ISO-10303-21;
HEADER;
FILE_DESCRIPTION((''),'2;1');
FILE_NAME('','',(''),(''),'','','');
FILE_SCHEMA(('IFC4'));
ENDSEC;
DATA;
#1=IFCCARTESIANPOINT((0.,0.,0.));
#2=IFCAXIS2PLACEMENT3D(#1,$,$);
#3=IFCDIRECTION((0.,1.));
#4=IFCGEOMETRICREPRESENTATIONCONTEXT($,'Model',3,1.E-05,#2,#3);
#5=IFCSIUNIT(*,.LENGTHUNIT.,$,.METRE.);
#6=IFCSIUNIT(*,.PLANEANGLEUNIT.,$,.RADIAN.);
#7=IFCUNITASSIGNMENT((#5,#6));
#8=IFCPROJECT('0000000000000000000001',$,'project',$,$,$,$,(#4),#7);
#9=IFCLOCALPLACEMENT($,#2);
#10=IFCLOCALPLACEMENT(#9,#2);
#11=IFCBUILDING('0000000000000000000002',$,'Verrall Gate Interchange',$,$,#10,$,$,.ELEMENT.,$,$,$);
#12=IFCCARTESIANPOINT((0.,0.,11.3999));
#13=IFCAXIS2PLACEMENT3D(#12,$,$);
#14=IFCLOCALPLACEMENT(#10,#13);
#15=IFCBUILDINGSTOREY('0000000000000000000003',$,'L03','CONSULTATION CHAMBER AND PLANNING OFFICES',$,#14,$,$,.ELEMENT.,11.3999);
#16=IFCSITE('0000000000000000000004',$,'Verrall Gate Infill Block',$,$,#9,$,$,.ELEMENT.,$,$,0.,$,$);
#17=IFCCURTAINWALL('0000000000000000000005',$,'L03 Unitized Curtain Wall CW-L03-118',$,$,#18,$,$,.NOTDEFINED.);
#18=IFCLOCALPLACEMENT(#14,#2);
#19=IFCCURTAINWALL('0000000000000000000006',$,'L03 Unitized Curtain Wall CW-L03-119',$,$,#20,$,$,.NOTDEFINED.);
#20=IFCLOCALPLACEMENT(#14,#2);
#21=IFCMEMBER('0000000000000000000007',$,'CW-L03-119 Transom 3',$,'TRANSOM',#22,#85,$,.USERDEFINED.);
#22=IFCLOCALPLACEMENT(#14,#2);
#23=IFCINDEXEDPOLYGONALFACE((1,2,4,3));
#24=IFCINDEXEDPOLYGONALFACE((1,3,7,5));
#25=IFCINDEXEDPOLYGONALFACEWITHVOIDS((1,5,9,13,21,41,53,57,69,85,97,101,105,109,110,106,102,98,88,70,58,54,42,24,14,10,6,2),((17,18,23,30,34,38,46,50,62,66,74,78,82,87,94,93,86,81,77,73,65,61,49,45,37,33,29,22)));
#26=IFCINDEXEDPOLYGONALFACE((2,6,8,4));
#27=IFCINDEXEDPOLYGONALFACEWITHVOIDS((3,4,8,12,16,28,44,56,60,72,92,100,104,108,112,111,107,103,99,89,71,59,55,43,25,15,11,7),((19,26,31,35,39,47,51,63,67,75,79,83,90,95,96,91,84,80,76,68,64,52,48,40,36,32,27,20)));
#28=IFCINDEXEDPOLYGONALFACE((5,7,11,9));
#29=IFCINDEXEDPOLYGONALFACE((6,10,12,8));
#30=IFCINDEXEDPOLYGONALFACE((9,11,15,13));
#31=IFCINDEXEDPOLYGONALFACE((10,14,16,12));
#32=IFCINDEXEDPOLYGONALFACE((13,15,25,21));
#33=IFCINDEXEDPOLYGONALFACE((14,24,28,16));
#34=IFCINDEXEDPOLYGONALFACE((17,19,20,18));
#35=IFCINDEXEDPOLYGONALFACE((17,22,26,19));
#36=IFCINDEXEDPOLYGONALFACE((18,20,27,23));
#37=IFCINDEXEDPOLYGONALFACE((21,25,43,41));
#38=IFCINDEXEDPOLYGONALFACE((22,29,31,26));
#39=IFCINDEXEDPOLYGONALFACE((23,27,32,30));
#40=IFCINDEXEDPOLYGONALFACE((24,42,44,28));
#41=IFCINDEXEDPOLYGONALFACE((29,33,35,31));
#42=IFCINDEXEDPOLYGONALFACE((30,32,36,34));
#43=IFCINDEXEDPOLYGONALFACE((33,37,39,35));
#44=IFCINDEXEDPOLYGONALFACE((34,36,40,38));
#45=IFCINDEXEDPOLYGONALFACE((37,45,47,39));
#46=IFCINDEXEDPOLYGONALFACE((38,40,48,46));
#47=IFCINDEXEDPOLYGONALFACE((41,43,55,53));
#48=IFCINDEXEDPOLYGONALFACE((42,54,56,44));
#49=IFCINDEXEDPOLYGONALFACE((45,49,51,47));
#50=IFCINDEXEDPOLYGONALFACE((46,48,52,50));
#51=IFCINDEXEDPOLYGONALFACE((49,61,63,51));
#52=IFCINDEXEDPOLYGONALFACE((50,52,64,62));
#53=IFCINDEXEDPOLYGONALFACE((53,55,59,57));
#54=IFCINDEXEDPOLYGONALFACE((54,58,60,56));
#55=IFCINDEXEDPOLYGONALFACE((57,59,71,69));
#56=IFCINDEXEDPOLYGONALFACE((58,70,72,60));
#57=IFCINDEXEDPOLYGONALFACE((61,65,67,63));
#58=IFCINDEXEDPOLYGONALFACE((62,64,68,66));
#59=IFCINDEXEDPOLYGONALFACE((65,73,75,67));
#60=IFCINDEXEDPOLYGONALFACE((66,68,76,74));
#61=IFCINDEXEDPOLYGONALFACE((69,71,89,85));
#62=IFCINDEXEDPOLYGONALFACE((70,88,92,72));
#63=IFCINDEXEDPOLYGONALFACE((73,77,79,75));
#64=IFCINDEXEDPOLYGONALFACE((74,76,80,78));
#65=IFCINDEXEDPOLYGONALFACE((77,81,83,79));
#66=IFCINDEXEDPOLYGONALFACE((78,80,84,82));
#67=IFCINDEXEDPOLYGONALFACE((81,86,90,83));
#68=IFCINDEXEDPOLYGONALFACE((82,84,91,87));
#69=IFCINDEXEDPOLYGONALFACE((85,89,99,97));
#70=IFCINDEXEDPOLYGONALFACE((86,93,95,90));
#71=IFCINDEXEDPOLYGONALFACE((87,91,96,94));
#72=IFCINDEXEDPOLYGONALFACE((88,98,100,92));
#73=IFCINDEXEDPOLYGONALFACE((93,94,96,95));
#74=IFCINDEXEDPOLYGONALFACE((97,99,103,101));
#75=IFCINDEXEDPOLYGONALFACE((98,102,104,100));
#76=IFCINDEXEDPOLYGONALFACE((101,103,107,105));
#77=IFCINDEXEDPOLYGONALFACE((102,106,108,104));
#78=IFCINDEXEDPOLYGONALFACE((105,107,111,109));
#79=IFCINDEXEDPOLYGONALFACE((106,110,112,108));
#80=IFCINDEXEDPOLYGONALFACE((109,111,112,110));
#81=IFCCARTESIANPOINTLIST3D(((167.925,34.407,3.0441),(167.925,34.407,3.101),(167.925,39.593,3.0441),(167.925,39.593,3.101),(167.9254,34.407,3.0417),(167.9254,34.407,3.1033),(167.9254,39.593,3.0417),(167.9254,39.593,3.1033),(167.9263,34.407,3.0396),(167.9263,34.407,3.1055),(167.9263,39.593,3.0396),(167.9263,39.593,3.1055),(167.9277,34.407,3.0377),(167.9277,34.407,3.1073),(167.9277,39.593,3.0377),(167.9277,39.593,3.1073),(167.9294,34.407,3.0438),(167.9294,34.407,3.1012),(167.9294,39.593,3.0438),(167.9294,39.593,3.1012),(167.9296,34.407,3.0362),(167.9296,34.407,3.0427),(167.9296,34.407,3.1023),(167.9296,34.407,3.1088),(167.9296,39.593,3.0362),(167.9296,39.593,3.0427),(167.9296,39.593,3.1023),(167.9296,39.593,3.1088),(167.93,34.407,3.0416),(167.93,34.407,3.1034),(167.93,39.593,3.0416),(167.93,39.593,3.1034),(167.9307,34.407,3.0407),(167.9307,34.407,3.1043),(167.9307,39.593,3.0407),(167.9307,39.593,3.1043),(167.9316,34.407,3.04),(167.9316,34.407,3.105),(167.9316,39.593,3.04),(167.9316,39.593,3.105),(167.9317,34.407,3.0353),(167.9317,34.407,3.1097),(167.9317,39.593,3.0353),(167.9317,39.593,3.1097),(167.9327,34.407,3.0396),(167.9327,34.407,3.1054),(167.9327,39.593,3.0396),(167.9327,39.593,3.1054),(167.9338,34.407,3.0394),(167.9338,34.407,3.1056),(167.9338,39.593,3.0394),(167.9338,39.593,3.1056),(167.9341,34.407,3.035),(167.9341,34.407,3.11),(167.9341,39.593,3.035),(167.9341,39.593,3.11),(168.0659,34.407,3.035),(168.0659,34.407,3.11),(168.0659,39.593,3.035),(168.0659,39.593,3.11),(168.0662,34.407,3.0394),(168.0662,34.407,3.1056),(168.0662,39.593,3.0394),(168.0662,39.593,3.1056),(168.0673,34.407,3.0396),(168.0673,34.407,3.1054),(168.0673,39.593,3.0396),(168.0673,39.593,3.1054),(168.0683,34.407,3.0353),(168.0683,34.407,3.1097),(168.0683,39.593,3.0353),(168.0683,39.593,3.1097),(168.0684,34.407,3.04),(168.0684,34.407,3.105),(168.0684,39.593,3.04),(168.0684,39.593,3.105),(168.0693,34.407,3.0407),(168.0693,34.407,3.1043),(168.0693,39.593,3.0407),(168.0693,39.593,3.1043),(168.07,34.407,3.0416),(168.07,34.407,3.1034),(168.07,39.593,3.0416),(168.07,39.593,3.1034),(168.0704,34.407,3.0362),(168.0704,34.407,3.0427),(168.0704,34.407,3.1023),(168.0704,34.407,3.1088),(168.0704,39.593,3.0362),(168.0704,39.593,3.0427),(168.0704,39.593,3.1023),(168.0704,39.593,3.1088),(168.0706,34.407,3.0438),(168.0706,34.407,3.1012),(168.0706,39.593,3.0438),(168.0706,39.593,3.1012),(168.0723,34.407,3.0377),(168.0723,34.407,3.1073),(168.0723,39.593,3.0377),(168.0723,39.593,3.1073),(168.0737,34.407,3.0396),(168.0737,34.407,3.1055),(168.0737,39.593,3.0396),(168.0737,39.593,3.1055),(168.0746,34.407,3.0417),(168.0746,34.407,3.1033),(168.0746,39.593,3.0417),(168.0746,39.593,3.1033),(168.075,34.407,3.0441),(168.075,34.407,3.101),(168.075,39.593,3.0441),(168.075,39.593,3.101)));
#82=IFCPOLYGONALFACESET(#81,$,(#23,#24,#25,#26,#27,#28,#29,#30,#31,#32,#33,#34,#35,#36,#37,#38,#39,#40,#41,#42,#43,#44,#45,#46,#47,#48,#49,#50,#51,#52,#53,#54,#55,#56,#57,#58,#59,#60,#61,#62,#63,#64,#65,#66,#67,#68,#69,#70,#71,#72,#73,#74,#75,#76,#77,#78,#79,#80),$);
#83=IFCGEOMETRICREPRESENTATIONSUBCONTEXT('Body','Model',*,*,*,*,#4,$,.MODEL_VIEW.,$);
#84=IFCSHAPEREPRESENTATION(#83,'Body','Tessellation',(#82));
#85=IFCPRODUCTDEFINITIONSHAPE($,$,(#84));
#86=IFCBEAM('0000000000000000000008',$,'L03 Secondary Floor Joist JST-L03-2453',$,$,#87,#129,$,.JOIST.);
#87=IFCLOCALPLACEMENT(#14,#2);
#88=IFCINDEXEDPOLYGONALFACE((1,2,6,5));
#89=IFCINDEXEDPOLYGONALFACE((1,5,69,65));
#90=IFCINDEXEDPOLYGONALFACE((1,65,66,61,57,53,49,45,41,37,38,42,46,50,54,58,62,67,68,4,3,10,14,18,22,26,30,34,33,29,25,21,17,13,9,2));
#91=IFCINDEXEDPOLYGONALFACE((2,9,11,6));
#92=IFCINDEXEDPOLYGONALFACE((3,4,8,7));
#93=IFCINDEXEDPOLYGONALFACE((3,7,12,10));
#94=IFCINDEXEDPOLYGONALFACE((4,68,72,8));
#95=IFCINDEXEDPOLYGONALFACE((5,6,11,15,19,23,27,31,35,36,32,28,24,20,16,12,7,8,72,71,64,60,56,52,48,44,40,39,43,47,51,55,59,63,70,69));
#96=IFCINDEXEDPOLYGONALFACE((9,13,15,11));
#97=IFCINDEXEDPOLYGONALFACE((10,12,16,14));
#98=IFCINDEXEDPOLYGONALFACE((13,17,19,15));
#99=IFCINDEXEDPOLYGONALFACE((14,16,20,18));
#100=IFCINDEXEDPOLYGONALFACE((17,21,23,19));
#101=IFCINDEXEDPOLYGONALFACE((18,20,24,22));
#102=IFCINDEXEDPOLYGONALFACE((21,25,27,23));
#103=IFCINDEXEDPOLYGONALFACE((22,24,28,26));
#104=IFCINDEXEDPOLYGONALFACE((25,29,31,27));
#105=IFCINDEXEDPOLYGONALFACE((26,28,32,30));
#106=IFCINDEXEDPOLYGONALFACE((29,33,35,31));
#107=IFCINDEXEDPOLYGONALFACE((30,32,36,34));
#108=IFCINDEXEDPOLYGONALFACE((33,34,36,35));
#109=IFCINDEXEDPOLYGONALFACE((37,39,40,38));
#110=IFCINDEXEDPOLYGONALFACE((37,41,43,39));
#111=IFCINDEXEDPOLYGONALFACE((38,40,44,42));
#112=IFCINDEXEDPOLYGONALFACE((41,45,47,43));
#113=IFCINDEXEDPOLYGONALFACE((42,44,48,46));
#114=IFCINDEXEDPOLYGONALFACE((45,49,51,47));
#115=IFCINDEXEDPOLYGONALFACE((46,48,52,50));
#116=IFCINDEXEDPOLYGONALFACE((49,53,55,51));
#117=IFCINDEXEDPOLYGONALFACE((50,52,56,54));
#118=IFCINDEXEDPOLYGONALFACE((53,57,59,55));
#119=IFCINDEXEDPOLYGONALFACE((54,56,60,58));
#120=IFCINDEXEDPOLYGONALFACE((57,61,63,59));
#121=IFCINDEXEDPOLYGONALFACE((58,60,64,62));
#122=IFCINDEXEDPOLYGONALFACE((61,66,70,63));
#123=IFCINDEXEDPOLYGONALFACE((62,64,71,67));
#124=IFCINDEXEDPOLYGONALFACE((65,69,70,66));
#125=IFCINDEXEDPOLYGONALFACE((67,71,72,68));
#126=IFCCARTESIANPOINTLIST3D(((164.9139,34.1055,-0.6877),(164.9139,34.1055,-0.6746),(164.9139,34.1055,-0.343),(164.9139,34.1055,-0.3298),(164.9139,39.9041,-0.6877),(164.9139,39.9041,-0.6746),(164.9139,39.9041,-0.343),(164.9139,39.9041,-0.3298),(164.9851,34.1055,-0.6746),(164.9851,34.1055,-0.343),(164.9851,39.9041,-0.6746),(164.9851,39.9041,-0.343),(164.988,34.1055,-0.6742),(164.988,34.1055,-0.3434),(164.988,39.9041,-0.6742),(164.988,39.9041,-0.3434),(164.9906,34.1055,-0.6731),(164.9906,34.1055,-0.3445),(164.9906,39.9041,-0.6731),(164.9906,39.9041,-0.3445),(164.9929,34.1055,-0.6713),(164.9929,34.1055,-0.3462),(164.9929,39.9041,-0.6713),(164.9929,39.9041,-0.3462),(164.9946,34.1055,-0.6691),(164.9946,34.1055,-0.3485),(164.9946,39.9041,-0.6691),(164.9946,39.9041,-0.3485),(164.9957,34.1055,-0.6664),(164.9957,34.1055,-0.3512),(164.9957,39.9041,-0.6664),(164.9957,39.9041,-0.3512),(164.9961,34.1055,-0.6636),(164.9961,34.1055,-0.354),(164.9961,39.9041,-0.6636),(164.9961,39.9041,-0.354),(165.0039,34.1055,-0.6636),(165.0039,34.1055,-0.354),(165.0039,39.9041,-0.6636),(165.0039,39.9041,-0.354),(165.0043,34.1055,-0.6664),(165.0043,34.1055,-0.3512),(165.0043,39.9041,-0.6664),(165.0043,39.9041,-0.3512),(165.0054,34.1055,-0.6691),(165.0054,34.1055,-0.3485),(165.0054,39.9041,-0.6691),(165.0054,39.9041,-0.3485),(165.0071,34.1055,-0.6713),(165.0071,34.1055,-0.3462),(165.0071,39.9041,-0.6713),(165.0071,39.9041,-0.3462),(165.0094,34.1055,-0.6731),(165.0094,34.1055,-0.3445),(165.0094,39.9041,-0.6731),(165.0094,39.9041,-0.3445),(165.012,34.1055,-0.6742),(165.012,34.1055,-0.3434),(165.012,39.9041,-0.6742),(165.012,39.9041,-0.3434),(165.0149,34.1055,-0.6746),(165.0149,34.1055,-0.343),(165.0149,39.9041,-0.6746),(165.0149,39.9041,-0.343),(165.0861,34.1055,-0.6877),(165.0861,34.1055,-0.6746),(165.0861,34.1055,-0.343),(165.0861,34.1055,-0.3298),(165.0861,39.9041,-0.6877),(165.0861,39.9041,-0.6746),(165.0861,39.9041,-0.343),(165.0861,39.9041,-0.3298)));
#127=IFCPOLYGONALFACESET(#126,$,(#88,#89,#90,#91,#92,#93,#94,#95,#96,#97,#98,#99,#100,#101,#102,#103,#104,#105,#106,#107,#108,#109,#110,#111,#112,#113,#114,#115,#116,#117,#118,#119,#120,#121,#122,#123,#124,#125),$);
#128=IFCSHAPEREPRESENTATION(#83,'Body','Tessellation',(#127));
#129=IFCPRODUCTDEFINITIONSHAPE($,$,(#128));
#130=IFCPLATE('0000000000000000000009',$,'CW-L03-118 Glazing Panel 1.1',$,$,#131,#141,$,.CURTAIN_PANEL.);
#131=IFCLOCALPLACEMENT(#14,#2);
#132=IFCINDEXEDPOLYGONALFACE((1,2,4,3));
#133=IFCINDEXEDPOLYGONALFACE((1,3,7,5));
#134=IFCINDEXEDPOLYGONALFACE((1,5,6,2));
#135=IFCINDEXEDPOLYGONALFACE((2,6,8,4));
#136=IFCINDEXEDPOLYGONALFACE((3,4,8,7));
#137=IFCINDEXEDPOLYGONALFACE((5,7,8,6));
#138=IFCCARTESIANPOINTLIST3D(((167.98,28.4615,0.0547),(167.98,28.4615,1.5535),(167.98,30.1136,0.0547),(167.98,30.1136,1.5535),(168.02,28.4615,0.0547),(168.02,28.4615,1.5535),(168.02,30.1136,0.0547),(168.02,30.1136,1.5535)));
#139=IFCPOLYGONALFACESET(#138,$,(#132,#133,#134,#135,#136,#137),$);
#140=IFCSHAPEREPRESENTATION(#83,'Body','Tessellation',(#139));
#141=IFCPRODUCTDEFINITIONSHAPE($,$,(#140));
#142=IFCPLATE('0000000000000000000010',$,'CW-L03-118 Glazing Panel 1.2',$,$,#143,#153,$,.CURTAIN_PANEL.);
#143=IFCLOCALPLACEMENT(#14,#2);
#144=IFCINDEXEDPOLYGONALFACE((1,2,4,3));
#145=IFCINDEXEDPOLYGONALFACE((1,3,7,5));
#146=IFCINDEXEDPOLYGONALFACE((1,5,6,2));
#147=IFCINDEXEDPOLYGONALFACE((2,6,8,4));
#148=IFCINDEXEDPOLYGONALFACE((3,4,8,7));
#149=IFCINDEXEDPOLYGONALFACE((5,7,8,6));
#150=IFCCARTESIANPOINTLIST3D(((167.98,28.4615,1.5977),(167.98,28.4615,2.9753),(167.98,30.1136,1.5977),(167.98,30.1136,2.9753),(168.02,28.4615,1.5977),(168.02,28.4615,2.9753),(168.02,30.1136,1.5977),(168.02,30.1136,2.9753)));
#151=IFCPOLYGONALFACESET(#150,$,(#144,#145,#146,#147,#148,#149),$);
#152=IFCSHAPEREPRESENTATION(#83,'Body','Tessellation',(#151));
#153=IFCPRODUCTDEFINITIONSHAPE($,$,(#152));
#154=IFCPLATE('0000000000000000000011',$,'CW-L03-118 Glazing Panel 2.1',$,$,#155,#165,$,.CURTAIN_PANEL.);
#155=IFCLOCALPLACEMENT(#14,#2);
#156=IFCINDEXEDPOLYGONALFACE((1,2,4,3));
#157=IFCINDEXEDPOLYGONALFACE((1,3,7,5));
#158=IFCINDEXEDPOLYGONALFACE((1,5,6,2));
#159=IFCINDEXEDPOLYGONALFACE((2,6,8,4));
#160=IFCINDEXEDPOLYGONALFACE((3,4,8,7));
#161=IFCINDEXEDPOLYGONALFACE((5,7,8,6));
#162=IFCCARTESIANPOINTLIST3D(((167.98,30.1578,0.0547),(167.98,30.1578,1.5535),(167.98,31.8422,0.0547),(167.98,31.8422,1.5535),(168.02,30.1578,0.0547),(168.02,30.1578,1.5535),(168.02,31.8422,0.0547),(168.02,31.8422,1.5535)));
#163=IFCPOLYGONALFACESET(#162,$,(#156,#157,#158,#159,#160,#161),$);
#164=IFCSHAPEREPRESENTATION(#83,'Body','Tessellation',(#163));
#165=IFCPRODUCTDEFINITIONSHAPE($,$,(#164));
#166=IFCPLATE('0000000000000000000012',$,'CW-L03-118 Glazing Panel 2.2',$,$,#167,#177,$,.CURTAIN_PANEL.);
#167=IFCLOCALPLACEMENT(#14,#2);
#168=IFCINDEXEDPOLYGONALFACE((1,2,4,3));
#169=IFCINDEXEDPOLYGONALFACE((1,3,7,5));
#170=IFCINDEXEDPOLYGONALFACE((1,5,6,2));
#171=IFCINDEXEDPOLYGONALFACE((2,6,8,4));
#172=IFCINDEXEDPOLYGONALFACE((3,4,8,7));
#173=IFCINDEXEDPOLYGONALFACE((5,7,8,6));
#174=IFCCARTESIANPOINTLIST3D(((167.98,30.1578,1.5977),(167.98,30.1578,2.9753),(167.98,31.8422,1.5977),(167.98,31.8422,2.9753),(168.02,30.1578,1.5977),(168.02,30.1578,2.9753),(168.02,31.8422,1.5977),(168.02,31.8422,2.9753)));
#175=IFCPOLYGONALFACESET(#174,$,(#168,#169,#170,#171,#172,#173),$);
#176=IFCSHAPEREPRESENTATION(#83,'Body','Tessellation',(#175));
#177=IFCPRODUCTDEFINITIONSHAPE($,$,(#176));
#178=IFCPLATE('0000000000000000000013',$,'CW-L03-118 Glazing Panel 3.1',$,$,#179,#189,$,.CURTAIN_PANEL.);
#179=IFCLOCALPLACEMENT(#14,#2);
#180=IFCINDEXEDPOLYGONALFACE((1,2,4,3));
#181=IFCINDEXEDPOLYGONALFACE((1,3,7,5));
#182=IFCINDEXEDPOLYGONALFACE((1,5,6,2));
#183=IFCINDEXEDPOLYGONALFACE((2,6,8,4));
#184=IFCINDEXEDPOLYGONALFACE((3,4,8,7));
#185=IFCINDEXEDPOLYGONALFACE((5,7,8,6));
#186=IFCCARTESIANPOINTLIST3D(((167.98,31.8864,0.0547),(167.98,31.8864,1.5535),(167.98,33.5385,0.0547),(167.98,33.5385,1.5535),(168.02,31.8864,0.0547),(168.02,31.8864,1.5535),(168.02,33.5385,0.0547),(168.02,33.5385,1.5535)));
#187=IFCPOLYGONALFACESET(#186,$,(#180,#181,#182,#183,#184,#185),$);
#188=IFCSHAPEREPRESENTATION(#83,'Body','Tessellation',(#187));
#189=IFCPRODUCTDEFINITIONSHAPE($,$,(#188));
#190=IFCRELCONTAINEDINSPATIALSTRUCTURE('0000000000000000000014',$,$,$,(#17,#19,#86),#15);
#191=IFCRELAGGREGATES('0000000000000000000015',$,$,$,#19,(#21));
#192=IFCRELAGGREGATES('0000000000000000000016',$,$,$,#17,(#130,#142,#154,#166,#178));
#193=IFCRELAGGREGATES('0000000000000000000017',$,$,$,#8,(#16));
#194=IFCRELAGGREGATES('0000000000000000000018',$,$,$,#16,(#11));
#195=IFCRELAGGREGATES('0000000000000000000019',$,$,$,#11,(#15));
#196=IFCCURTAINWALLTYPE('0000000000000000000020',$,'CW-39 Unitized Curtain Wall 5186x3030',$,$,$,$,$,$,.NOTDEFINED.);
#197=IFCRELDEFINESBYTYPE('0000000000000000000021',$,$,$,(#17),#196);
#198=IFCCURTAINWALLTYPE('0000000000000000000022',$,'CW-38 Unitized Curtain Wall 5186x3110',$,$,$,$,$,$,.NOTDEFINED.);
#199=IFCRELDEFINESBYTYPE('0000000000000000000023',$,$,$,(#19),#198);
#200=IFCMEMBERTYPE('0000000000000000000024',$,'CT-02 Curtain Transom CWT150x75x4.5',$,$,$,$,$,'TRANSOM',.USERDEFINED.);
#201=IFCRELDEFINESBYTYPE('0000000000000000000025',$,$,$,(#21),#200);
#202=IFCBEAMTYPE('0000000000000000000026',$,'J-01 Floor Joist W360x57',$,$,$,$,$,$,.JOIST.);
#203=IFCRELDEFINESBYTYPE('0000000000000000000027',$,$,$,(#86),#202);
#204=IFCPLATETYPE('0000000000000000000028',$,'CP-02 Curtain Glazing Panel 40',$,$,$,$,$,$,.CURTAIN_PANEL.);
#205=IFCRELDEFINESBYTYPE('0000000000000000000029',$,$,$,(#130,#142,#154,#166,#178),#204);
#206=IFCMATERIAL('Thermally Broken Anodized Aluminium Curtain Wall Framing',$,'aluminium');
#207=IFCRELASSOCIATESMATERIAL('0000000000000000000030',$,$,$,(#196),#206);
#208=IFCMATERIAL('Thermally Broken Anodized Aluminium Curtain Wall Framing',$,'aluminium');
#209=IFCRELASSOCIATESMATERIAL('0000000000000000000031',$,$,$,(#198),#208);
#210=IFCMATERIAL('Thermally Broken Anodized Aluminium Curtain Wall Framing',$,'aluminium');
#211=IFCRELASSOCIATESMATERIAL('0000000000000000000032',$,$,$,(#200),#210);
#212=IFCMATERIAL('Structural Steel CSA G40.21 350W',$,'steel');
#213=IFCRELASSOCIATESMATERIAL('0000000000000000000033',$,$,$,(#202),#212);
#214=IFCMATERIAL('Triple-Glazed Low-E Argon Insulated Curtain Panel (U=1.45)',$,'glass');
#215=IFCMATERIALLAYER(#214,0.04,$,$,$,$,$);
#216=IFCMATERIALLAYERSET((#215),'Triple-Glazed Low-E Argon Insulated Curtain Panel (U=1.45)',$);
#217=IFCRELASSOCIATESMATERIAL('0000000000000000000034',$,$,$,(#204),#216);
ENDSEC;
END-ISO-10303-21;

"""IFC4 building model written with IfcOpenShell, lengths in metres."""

from ifc_helpers import new_model, si_unit, direction, frame, origin, origin_2d, place, context, subcontext, project, spatial, rectangle, hollow_rectangle, i_section, extrude, material, layer, layer_set, material_profile, profile_set, type_object, element, aggregate, save


model = new_model("IFC4")

# Units and contexts
model_context = context("Model", 3, precision=1e-05, world=origin(), true_north=direction((0.0, 1.0)))
body_context = subcontext(model_context, "Body", "Model", "MODEL_VIEW")
ifc_project = project(units=[si_unit("LENGTHUNIT", "METRE"), si_unit("PLANEANGLEUNIT", "RADIAN")], contexts=[model_context])

# Site, building, storey
site_placement = place(None, origin())
site = spatial("IfcSite", under=ifc_project, at=site_placement, Name="Verrall Gate Infill Block", CompositionType="ELEMENT", RefElevation=0.0)
building_placement = place(site_placement, origin())
building = spatial("IfcBuilding", under=site, at=building_placement, Name="Verrall Gate Interchange", CompositionType="ELEMENT")
storey_placement = place(building_placement, frame((0.0, 0.0, 11.3999)))
storey = spatial("IfcBuildingStorey", under=building, at=storey_placement, Name="L03", Description="CONSULTATION CHAMBER AND PLANNING OFFICES", CompositionType="ELEMENT", Elevation=11.3999)

# Curtain wall
ifc_material_1 = material(Name="Thermally Broken Anodized Aluminium Curtain Wall Framing", Category="aluminium")
curtain_wall_type_1 = type_object("IfcCurtainWallType", Name="CW-39 Unitized Curtain Wall 5186x3030", PredefinedType="NOTDEFINED", material=ifc_material_1)
curtain_wall_1_placement = place(storey_placement, origin())
curtain_wall_1 = element("IfcCurtainWall", 1, at=curtain_wall_1_placement, inside=storey, type_object=curtain_wall_type_1, Name="L03 Unitized Curtain Wall CW-L03-118", PredefinedType="NOTDEFINED")

# Curtain wall
ifc_material_2 = material(Name="Thermally Broken Anodized Aluminium Curtain Wall Framing", Category="aluminium")
curtain_wall_type_2 = type_object("IfcCurtainWallType", Name="CW-38 Unitized Curtain Wall 5186x3110", PredefinedType="NOTDEFINED", material=ifc_material_2)
curtain_wall_2_placement = place(storey_placement, origin())
curtain_wall_2 = element("IfcCurtainWall", 2, at=curtain_wall_2_placement, inside=storey, type_object=curtain_wall_type_2, Name="L03 Unitized Curtain Wall CW-L03-119", PredefinedType="NOTDEFINED")

# Member
ifc_material_3 = material(Name="Thermally Broken Anodized Aluminium Curtain Wall Framing", Category="aluminium")
ifc_material_profile_1 = material_profile(ifc_material_3, hollow_rectangle(XDim=0.1499, YDim=0.075, WallThickness=0.0044, InnerFilletRadius=0.0044, OuterFilletRadius=0.009, at=origin_2d()), Name="CWT150x75x4.5")
ifc_profile_set_1 = profile_set([ifc_material_profile_1], Name="Thermally Broken Anodized Aluminium Curtain Wall Framing")
member_type_1 = type_object("IfcMemberType", Name="CT-02 Curtain Transom CWT150x75x4.5", ElementType="TRANSOM", PredefinedType="USERDEFINED", material=ifc_profile_set_1)
member_1_placement = place(storey_placement, frame((168.0, 34.407, 3.0725), z_axis=(0.0, 1.0, 0.0), x_axis=(-1.0, 0.0, 0.0)))
member_1 = element("IfcMember", 3, at=member_1_placement, type_object=member_type_1, Name="CW-L03-119 Transom 3", ObjectType="TRANSOM", PredefinedType="USERDEFINED", context=body_context, shape_type="SweptSolid", body=[
    extrude(hollow_rectangle(XDim=0.1499, YDim=0.075, WallThickness=0.0044, InnerFilletRadius=0.0044, OuterFilletRadius=0.009, at=origin_2d()), origin(), (0.0, 0.0, 1.0), 5.186),
])
aggregate(curtain_wall_2, [member_1])

# Beam
ifc_material_4 = material(Name="Structural Steel CSA G40.21 350W", Category="steel")
ifc_material_profile_2 = material_profile(ifc_material_4, i_section(OverallWidth=0.1721, OverallDepth=0.3579, WebThickness=0.0078, FlangeThickness=0.0132, FilletRadius=0.011, at=origin_2d()), Name="W360x57")
ifc_profile_set_2 = profile_set([ifc_material_profile_2], Name="Structural Steel CSA G40.21 350W")
beam_type_1 = type_object("IfcBeamType", Name="J-01 Floor Joist W360x57", PredefinedType="JOIST", material=ifc_profile_set_2)
beam_placement = place(storey_placement, frame((165.0, 34.1055, -0.5088), z_axis=(0.0, 1.0, 0.0), x_axis=(-1.0, 0.0, 0.0)))
element("IfcBeam", 4, at=beam_placement, inside=storey, type_object=beam_type_1, Name="L03 Secondary Floor Joist JST-L03-2453", PredefinedType="JOIST", context=body_context, shape_type="SweptSolid", body=[
    extrude(i_section(OverallWidth=0.1721, OverallDepth=0.3579, WebThickness=0.0078, FlangeThickness=0.0132, FilletRadius=0.011, at=origin_2d()), origin(), (0.0, 0.0, 1.0), 5.7986),
])

# Plates
ifc_material_5 = material(Name="Triple-Glazed Low-E Argon Insulated Curtain Panel (U=1.45)", Category="glass")
ifc_layer_1 = layer(ifc_material_5, 0.04)
ifc_layer_set_1 = layer_set([ifc_layer_1], Name="Triple-Glazed Low-E Argon Insulated Curtain Panel (U=1.45)")
plate_type = type_object("IfcPlateType", Name="CP-02 Curtain Glazing Panel 40", PredefinedType="CURTAIN_PANEL", material=ifc_layer_set_1)
plate_1_placement = place(storey_placement, frame((168.0, 29.2876, 0.0547), z_axis=(0.0, 0.0, 1.0), x_axis=(0.0, 1.0, 0.0)))
plate_1 = element("IfcPlate", 5, at=plate_1_placement, type_object=plate_type, Name="CW-L03-118 Glazing Panel 1.1", PredefinedType="CURTAIN_PANEL", context=body_context, shape_type="SweptSolid", body=[
    extrude(rectangle(XDim=1.6521, YDim=0.04, at=origin_2d()), origin(), (0.0, 0.0, 1.0), 1.4988),
])
plate_2_placement = place(storey_placement, frame((168.0, 29.2876, 1.5977), z_axis=(0.0, 0.0, 1.0), x_axis=(0.0, 1.0, 0.0)))
plate_2 = element("IfcPlate", 6, at=plate_2_placement, type_object=plate_type, Name="CW-L03-118 Glazing Panel 1.2", PredefinedType="CURTAIN_PANEL", context=body_context, shape_type="SweptSolid", body=[
    extrude(rectangle(XDim=1.6521, YDim=0.04, at=origin_2d()), origin(), (0.0, 0.0, 1.0), 1.3777),
])
plate_3_placement = place(storey_placement, frame((168.0, 31.0, 0.0547), z_axis=(0.0, 0.0, 1.0), x_axis=(0.0, 1.0, 0.0)))
plate_3 = element("IfcPlate", 7, at=plate_3_placement, type_object=plate_type, Name="CW-L03-118 Glazing Panel 2.1", PredefinedType="CURTAIN_PANEL", context=body_context, shape_type="SweptSolid", body=[
    extrude(rectangle(XDim=1.6843, YDim=0.04, at=origin_2d()), origin(), (0.0, 0.0, 1.0), 1.4988),
])
plate_4_placement = place(storey_placement, frame((168.0, 31.0, 1.5977), z_axis=(0.0, 0.0, 1.0), x_axis=(0.0, 1.0, 0.0)))
plate_4 = element("IfcPlate", 8, at=plate_4_placement, type_object=plate_type, Name="CW-L03-118 Glazing Panel 2.2", PredefinedType="CURTAIN_PANEL", context=body_context, shape_type="SweptSolid", body=[
    extrude(rectangle(XDim=1.6843, YDim=0.04, at=origin_2d()), origin(), (0.0, 0.0, 1.0), 1.3777),
])
plate_5_placement = place(storey_placement, frame((168.0, 32.7124, 0.0547), z_axis=(0.0, 0.0, 1.0), x_axis=(0.0, 1.0, 0.0)))
plate_5 = element("IfcPlate", 9, at=plate_5_placement, type_object=plate_type, Name="CW-L03-118 Glazing Panel 3.1", PredefinedType="CURTAIN_PANEL", context=body_context, shape_type="SweptSolid", body=[
    extrude(rectangle(XDim=1.6521, YDim=0.04, at=origin_2d()), origin(), (0.0, 0.0, 1.0), 1.4988),
])
aggregate(curtain_wall_1, [plate_1, plate_2, plate_3, plate_4, plate_5])

save(model, "model.ifc")
